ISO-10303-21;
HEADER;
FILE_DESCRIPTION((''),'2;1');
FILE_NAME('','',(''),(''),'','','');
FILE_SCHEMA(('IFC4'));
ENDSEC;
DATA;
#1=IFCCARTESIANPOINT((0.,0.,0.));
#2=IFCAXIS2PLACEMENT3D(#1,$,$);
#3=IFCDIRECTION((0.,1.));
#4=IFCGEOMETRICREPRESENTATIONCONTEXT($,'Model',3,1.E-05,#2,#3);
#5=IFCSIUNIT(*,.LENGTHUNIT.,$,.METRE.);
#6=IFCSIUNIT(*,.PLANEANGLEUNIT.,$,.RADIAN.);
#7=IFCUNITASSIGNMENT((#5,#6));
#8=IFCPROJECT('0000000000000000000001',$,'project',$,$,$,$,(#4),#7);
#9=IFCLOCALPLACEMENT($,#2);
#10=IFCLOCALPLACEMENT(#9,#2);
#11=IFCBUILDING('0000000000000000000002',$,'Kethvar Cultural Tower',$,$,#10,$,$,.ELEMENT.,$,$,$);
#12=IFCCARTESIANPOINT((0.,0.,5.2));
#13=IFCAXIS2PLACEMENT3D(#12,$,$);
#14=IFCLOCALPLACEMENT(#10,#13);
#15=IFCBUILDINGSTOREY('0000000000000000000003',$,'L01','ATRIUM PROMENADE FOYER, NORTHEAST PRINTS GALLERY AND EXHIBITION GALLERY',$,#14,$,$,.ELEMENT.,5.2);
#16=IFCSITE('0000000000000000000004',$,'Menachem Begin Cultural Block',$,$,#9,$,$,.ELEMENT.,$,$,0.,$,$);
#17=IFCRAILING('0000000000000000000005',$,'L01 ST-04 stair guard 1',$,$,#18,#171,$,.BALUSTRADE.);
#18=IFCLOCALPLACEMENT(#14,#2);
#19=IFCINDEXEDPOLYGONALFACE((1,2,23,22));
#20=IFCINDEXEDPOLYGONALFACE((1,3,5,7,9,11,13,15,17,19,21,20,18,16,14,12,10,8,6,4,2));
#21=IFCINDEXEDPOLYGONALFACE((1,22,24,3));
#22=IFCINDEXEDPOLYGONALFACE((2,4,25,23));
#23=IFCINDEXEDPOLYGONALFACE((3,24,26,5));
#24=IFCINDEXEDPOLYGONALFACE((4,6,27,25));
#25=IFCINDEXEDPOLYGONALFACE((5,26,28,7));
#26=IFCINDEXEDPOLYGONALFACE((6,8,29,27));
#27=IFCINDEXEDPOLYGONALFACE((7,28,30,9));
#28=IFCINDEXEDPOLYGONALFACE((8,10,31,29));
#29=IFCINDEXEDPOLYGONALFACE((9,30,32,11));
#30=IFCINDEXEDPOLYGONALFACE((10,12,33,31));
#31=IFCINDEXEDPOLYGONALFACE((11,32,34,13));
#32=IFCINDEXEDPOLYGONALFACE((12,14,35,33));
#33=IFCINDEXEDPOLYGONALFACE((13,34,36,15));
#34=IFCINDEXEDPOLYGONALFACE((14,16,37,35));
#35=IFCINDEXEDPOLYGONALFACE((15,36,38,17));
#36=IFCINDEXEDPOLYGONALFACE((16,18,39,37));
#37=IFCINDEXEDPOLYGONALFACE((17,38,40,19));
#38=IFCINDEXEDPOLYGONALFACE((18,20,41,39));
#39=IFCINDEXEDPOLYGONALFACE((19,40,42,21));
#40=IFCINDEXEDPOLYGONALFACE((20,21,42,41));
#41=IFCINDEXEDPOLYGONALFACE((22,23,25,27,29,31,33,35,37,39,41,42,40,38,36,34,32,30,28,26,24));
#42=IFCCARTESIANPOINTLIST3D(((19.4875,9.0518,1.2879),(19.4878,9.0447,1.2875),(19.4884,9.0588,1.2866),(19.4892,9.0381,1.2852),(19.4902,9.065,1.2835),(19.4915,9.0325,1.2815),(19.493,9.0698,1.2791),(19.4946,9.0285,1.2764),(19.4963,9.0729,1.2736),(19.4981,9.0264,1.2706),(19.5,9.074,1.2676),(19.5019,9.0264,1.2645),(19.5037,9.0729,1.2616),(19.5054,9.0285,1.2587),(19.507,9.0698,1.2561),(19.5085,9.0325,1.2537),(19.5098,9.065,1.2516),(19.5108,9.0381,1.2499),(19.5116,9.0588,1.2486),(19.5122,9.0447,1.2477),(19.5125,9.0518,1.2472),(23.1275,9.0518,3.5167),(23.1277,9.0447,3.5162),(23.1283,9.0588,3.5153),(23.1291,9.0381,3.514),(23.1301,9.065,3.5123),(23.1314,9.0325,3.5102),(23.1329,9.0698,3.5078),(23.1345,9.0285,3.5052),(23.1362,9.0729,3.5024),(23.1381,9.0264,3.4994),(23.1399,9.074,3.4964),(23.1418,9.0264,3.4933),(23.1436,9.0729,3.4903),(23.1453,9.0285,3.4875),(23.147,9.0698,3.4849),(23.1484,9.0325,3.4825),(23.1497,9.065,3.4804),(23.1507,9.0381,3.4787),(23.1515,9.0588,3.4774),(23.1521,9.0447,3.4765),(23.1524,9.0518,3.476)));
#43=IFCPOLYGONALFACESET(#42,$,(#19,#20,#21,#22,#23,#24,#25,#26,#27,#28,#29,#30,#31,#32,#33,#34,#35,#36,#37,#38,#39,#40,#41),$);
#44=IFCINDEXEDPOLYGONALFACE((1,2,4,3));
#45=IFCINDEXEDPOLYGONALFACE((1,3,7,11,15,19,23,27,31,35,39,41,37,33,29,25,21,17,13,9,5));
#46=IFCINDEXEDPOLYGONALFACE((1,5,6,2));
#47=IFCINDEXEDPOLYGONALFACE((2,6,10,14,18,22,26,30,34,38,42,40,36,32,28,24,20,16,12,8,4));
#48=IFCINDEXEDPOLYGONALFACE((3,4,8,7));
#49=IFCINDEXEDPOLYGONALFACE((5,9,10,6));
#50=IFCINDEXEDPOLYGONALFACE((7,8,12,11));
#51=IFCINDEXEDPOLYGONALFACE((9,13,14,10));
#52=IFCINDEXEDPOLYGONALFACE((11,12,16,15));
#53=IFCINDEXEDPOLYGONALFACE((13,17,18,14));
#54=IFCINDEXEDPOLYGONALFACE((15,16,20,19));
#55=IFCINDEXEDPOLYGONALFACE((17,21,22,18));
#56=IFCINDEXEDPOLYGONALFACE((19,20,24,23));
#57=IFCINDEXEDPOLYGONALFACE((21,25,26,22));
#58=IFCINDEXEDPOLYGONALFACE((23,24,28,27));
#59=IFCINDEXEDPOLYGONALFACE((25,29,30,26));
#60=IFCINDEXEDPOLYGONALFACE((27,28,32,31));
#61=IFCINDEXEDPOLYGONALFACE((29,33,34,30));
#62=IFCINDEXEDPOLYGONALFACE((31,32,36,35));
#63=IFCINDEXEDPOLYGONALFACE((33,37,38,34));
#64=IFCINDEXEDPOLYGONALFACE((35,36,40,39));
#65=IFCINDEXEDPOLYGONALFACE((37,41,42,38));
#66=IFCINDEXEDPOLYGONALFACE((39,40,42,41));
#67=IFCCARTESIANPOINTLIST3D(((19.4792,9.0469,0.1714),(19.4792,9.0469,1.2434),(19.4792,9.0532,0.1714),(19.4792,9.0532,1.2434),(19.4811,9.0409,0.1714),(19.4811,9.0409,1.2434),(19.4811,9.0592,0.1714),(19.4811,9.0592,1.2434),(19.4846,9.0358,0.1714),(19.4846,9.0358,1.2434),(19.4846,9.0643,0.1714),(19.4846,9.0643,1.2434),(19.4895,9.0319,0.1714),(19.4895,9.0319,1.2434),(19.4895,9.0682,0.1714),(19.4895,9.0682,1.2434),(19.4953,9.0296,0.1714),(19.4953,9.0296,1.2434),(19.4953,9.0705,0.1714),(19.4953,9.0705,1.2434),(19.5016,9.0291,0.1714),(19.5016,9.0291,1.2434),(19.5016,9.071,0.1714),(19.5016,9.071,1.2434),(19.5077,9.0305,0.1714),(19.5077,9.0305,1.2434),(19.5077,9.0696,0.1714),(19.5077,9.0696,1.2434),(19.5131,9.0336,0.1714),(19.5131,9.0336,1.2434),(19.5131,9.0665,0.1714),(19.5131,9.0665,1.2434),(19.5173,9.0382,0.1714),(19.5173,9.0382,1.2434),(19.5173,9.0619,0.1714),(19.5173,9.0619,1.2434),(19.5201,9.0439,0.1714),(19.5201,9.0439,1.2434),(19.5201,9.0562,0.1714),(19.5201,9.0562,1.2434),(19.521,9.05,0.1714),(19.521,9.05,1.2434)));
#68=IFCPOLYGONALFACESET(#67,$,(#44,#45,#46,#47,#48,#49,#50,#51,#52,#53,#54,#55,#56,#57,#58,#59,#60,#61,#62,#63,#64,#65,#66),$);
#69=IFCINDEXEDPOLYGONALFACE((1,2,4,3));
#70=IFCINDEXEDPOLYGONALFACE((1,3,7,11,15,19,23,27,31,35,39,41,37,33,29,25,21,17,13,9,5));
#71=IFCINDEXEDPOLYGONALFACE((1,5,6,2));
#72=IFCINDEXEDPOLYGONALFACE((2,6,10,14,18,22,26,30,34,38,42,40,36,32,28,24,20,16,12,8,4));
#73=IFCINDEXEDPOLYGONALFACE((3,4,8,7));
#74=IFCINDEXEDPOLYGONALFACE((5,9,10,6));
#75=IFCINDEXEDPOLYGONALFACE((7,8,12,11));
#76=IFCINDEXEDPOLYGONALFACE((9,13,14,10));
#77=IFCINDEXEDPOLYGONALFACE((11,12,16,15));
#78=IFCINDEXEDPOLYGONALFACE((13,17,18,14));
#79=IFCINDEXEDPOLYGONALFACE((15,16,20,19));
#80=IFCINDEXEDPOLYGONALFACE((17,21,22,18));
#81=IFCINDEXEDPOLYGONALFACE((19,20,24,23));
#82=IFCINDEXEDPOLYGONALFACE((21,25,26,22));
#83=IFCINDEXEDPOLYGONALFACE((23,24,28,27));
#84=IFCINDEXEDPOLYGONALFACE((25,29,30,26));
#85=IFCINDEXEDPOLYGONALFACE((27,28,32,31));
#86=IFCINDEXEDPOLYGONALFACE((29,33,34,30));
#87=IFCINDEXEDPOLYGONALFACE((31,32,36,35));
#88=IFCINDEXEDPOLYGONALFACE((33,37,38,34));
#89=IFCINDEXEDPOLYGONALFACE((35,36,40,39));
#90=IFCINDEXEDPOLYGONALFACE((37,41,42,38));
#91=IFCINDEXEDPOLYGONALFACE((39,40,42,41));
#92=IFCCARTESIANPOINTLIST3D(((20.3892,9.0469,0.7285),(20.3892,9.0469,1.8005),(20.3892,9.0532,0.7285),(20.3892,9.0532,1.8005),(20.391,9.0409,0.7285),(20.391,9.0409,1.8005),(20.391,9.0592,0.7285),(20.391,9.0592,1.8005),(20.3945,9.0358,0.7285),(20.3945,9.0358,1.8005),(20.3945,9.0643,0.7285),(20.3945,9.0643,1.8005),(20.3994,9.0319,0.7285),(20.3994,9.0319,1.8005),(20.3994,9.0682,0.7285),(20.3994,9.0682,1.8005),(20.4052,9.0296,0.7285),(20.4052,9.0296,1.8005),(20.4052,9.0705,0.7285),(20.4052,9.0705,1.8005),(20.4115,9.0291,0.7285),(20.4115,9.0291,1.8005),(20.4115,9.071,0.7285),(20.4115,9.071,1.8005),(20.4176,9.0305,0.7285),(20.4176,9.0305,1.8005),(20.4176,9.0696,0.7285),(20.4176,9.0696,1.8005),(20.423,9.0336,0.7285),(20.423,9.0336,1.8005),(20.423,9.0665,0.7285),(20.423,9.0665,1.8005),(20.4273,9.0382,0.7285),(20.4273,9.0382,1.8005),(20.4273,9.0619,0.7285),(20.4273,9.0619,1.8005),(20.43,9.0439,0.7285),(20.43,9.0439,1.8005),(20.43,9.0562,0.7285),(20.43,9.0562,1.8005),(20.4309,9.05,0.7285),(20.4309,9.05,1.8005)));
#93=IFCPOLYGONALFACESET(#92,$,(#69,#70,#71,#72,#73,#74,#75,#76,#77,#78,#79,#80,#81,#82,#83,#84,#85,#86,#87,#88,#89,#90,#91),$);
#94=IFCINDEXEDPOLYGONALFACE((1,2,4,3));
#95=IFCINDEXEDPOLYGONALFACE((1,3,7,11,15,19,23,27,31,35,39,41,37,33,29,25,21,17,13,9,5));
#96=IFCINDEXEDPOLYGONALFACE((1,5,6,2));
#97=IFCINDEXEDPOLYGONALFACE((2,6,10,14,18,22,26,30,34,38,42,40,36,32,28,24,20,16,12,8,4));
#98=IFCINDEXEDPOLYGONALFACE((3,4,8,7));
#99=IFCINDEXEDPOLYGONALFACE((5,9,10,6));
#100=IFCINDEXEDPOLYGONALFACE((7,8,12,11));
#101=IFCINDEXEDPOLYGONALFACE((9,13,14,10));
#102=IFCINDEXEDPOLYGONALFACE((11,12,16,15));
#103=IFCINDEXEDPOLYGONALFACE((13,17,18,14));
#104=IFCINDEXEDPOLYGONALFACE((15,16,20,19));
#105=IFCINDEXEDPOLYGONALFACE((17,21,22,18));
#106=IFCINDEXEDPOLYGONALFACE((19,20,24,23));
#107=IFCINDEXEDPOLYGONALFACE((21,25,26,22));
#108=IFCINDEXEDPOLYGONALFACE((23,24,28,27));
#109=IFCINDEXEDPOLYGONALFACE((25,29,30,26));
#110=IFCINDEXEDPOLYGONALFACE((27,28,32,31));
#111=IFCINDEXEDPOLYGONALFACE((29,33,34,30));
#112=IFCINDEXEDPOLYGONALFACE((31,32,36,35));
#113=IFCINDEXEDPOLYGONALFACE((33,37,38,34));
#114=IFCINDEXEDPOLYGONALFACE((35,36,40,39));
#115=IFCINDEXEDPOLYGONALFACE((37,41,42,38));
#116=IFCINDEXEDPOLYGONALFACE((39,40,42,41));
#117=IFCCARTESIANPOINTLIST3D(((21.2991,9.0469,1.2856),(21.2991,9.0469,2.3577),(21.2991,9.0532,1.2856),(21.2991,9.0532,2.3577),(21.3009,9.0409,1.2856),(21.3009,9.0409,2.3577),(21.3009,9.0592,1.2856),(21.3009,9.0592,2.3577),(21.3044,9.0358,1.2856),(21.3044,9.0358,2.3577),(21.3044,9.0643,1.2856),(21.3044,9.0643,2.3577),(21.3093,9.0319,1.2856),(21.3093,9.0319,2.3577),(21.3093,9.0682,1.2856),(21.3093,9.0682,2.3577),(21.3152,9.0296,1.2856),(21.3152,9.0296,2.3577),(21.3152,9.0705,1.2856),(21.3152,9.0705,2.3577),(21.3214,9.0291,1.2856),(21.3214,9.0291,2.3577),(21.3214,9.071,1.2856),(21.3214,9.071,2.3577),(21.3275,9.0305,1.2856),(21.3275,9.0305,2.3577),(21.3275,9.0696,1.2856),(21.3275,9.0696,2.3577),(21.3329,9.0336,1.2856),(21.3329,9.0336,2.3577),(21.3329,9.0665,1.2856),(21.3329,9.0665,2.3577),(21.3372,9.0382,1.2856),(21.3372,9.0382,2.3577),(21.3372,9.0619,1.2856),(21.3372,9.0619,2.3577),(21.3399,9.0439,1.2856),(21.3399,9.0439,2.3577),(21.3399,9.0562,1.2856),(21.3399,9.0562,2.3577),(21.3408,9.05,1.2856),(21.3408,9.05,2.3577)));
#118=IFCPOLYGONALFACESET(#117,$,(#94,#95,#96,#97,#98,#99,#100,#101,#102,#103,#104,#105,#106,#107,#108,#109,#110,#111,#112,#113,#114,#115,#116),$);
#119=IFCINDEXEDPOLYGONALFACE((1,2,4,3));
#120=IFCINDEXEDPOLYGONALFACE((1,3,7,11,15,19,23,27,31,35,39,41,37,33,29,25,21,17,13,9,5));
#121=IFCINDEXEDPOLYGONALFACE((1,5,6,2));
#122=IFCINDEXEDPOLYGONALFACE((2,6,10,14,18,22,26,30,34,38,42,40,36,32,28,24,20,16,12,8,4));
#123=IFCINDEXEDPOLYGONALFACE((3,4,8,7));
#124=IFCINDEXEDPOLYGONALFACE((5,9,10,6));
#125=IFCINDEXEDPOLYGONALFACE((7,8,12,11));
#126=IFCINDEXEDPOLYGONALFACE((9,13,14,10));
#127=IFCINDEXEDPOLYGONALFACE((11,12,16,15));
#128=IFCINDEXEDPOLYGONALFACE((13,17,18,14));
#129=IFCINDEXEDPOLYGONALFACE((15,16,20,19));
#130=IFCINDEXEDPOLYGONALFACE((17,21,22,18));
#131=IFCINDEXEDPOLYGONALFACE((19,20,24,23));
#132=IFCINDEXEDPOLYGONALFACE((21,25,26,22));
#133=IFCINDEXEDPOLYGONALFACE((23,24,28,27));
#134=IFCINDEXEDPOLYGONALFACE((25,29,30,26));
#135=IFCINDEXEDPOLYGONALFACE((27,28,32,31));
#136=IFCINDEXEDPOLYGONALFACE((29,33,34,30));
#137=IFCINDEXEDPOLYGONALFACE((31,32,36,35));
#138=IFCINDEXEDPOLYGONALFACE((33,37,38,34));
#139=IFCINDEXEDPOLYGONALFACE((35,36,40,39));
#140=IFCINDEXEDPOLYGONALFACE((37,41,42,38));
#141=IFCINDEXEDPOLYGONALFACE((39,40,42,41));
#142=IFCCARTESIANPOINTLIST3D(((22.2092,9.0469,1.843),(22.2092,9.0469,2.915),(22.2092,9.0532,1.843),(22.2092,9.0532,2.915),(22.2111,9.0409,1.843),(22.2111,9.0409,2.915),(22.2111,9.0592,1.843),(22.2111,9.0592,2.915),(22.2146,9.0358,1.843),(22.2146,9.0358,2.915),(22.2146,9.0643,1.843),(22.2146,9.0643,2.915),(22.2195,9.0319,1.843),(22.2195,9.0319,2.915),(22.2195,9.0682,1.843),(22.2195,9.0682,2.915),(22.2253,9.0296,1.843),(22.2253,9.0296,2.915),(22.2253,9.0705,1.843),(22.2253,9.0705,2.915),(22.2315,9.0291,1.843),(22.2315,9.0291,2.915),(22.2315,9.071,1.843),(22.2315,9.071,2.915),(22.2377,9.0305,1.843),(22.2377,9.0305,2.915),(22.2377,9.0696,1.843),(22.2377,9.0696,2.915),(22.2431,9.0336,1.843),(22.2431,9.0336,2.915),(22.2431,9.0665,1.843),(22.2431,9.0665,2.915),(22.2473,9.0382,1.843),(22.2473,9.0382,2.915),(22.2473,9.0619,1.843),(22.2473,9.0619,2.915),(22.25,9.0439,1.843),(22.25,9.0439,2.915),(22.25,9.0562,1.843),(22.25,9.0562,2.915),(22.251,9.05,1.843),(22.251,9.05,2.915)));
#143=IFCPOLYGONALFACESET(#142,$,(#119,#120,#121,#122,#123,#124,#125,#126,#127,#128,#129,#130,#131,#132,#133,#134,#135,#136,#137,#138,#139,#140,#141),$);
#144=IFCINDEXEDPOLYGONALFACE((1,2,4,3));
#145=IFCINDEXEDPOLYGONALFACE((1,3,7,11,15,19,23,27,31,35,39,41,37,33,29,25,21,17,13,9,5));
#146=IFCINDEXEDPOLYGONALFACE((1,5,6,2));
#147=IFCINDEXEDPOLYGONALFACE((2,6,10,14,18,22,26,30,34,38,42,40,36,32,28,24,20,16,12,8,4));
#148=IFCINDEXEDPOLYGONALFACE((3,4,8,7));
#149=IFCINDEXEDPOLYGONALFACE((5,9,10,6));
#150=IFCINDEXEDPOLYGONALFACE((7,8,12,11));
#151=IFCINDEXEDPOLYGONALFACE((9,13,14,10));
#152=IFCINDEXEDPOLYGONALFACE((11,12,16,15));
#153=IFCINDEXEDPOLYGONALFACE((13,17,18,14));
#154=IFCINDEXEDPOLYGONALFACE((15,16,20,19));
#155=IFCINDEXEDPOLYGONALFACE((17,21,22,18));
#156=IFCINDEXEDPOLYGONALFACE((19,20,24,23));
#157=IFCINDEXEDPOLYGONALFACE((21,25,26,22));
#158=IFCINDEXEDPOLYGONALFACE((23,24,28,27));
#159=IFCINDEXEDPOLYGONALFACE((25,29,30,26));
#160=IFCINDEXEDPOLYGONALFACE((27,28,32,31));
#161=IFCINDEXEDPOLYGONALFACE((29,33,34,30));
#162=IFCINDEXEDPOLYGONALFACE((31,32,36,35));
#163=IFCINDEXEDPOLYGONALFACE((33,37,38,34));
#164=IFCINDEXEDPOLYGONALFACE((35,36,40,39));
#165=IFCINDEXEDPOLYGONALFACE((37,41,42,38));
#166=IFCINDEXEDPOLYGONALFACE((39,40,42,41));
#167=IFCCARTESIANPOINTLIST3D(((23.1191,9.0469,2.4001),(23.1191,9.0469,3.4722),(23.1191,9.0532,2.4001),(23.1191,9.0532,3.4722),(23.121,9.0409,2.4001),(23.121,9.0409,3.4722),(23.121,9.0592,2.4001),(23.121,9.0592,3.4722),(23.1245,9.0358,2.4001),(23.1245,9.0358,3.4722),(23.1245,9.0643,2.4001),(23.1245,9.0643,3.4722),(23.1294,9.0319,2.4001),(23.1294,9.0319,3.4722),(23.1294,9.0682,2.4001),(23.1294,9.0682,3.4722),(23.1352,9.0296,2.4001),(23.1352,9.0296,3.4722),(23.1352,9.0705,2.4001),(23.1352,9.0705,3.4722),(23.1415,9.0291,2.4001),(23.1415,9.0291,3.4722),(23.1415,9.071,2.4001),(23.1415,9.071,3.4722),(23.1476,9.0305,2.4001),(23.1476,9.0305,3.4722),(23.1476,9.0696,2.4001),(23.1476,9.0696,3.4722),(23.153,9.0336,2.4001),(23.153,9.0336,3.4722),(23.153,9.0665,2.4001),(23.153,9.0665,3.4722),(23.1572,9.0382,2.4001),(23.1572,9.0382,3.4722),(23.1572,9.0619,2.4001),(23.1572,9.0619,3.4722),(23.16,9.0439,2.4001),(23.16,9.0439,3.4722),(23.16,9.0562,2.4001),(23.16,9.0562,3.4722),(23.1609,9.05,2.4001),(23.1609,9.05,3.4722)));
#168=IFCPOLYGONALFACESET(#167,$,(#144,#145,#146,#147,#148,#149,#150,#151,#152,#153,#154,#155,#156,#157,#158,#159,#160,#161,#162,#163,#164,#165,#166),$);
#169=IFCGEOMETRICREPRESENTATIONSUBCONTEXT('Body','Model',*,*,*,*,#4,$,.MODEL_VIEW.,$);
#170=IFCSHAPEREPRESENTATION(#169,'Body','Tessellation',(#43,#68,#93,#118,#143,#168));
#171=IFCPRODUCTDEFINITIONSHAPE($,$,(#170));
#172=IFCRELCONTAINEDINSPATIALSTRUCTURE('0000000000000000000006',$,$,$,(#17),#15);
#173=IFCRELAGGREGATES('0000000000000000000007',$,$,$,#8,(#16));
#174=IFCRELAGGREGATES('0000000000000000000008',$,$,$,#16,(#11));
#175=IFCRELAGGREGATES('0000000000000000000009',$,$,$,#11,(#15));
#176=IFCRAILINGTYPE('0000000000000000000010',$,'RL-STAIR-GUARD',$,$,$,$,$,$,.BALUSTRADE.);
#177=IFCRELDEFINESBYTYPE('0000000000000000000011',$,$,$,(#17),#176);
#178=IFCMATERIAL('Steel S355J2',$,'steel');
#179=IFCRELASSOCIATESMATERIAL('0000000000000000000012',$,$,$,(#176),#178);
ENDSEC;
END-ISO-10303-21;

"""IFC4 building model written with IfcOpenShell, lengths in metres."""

from ifc_helpers import new_model, si_unit, direction, frame, origin, origin_2d, place, context, subcontext, project, spatial, circle, extrude, material, type_object, element, save


model = new_model("IFC4")

# Units and contexts
model_context = context("Model", 3, precision=1e-05, world=origin(), true_north=direction((0.0, 1.0)))
body_context = subcontext(model_context, "Body", "Model", "MODEL_VIEW")
ifc_project = project(units=[si_unit("LENGTHUNIT", "METRE"), si_unit("PLANEANGLEUNIT", "RADIAN")], contexts=[model_context])

# Site, building, storey
site_placement = place(None, origin())
site = spatial("IfcSite", under=ifc_project, at=site_placement, Name="Menachem Begin Cultural Block", CompositionType="ELEMENT", RefElevation=0.0)
building_placement = place(site_placement, origin())
building = spatial("IfcBuilding", under=site, at=building_placement, Name="Kethvar Cultural Tower", CompositionType="ELEMENT")
storey_placement = place(building_placement, frame((0.0, 0.0, 5.2)))
storey = spatial("IfcBuildingStorey", under=building, at=storey_placement, Name="L01", Description="ATRIUM PROMENADE FOYER, NORTHEAST PRINTS GALLERY AND EXHIBITION GALLERY", CompositionType="ELEMENT", Elevation=5.2)

# Shared definitions
ifc_material_1 = material(Name="Steel S355J2", Category="steel")

# Railing
railing_type_1 = type_object("IfcRailingType", Name="RL-STAIR-GUARD", PredefinedType="BALUSTRADE", material=ifc_material_1)
railing_1_placement = place(storey_placement, frame((19.5, 9.05, 0.1714)))
element("IfcRailing", 1, at=railing_1_placement, inside=storey, type_object=railing_type_1, Name="L01 ST-04 stair guard 1", PredefinedType="BALUSTRADE", context=body_context, shape_type="SweptSolid", body=[
    extrude(circle(Radius=0.0239, at=origin_2d()), frame((0.0, 0.0, 1.0962), z_axis=(0.852825, 0.0, 0.522197), x_axis=(0.0, 1.0, 0.0)), (0.0, 0.0, 1.0), 4.2681),
    extrude(circle(Radius=0.021, at=origin_2d()), origin(), (0.0, 0.0, 1.0), 1.072),
    extrude(circle(Radius=0.021, at=origin_2d()), frame((0.9099, 0.0, 0.5571)), (0.0, 0.0, 1.0), 1.072),
    extrude(circle(Radius=0.021, at=origin_2d()), frame((1.8198, 0.0, 1.1143)), (0.0, 0.0, 1.0), 1.072),
    extrude(circle(Radius=0.021, at=origin_2d()), frame((2.73, 0.0, 1.6716)), (0.0, 0.0, 1.0), 1.072),
    extrude(circle(Radius=0.021, at=origin_2d()), frame((3.6399, 0.0, 2.2288)), (0.0, 0.0, 1.0), 1.072),
])

save(model, "model.ifc")
